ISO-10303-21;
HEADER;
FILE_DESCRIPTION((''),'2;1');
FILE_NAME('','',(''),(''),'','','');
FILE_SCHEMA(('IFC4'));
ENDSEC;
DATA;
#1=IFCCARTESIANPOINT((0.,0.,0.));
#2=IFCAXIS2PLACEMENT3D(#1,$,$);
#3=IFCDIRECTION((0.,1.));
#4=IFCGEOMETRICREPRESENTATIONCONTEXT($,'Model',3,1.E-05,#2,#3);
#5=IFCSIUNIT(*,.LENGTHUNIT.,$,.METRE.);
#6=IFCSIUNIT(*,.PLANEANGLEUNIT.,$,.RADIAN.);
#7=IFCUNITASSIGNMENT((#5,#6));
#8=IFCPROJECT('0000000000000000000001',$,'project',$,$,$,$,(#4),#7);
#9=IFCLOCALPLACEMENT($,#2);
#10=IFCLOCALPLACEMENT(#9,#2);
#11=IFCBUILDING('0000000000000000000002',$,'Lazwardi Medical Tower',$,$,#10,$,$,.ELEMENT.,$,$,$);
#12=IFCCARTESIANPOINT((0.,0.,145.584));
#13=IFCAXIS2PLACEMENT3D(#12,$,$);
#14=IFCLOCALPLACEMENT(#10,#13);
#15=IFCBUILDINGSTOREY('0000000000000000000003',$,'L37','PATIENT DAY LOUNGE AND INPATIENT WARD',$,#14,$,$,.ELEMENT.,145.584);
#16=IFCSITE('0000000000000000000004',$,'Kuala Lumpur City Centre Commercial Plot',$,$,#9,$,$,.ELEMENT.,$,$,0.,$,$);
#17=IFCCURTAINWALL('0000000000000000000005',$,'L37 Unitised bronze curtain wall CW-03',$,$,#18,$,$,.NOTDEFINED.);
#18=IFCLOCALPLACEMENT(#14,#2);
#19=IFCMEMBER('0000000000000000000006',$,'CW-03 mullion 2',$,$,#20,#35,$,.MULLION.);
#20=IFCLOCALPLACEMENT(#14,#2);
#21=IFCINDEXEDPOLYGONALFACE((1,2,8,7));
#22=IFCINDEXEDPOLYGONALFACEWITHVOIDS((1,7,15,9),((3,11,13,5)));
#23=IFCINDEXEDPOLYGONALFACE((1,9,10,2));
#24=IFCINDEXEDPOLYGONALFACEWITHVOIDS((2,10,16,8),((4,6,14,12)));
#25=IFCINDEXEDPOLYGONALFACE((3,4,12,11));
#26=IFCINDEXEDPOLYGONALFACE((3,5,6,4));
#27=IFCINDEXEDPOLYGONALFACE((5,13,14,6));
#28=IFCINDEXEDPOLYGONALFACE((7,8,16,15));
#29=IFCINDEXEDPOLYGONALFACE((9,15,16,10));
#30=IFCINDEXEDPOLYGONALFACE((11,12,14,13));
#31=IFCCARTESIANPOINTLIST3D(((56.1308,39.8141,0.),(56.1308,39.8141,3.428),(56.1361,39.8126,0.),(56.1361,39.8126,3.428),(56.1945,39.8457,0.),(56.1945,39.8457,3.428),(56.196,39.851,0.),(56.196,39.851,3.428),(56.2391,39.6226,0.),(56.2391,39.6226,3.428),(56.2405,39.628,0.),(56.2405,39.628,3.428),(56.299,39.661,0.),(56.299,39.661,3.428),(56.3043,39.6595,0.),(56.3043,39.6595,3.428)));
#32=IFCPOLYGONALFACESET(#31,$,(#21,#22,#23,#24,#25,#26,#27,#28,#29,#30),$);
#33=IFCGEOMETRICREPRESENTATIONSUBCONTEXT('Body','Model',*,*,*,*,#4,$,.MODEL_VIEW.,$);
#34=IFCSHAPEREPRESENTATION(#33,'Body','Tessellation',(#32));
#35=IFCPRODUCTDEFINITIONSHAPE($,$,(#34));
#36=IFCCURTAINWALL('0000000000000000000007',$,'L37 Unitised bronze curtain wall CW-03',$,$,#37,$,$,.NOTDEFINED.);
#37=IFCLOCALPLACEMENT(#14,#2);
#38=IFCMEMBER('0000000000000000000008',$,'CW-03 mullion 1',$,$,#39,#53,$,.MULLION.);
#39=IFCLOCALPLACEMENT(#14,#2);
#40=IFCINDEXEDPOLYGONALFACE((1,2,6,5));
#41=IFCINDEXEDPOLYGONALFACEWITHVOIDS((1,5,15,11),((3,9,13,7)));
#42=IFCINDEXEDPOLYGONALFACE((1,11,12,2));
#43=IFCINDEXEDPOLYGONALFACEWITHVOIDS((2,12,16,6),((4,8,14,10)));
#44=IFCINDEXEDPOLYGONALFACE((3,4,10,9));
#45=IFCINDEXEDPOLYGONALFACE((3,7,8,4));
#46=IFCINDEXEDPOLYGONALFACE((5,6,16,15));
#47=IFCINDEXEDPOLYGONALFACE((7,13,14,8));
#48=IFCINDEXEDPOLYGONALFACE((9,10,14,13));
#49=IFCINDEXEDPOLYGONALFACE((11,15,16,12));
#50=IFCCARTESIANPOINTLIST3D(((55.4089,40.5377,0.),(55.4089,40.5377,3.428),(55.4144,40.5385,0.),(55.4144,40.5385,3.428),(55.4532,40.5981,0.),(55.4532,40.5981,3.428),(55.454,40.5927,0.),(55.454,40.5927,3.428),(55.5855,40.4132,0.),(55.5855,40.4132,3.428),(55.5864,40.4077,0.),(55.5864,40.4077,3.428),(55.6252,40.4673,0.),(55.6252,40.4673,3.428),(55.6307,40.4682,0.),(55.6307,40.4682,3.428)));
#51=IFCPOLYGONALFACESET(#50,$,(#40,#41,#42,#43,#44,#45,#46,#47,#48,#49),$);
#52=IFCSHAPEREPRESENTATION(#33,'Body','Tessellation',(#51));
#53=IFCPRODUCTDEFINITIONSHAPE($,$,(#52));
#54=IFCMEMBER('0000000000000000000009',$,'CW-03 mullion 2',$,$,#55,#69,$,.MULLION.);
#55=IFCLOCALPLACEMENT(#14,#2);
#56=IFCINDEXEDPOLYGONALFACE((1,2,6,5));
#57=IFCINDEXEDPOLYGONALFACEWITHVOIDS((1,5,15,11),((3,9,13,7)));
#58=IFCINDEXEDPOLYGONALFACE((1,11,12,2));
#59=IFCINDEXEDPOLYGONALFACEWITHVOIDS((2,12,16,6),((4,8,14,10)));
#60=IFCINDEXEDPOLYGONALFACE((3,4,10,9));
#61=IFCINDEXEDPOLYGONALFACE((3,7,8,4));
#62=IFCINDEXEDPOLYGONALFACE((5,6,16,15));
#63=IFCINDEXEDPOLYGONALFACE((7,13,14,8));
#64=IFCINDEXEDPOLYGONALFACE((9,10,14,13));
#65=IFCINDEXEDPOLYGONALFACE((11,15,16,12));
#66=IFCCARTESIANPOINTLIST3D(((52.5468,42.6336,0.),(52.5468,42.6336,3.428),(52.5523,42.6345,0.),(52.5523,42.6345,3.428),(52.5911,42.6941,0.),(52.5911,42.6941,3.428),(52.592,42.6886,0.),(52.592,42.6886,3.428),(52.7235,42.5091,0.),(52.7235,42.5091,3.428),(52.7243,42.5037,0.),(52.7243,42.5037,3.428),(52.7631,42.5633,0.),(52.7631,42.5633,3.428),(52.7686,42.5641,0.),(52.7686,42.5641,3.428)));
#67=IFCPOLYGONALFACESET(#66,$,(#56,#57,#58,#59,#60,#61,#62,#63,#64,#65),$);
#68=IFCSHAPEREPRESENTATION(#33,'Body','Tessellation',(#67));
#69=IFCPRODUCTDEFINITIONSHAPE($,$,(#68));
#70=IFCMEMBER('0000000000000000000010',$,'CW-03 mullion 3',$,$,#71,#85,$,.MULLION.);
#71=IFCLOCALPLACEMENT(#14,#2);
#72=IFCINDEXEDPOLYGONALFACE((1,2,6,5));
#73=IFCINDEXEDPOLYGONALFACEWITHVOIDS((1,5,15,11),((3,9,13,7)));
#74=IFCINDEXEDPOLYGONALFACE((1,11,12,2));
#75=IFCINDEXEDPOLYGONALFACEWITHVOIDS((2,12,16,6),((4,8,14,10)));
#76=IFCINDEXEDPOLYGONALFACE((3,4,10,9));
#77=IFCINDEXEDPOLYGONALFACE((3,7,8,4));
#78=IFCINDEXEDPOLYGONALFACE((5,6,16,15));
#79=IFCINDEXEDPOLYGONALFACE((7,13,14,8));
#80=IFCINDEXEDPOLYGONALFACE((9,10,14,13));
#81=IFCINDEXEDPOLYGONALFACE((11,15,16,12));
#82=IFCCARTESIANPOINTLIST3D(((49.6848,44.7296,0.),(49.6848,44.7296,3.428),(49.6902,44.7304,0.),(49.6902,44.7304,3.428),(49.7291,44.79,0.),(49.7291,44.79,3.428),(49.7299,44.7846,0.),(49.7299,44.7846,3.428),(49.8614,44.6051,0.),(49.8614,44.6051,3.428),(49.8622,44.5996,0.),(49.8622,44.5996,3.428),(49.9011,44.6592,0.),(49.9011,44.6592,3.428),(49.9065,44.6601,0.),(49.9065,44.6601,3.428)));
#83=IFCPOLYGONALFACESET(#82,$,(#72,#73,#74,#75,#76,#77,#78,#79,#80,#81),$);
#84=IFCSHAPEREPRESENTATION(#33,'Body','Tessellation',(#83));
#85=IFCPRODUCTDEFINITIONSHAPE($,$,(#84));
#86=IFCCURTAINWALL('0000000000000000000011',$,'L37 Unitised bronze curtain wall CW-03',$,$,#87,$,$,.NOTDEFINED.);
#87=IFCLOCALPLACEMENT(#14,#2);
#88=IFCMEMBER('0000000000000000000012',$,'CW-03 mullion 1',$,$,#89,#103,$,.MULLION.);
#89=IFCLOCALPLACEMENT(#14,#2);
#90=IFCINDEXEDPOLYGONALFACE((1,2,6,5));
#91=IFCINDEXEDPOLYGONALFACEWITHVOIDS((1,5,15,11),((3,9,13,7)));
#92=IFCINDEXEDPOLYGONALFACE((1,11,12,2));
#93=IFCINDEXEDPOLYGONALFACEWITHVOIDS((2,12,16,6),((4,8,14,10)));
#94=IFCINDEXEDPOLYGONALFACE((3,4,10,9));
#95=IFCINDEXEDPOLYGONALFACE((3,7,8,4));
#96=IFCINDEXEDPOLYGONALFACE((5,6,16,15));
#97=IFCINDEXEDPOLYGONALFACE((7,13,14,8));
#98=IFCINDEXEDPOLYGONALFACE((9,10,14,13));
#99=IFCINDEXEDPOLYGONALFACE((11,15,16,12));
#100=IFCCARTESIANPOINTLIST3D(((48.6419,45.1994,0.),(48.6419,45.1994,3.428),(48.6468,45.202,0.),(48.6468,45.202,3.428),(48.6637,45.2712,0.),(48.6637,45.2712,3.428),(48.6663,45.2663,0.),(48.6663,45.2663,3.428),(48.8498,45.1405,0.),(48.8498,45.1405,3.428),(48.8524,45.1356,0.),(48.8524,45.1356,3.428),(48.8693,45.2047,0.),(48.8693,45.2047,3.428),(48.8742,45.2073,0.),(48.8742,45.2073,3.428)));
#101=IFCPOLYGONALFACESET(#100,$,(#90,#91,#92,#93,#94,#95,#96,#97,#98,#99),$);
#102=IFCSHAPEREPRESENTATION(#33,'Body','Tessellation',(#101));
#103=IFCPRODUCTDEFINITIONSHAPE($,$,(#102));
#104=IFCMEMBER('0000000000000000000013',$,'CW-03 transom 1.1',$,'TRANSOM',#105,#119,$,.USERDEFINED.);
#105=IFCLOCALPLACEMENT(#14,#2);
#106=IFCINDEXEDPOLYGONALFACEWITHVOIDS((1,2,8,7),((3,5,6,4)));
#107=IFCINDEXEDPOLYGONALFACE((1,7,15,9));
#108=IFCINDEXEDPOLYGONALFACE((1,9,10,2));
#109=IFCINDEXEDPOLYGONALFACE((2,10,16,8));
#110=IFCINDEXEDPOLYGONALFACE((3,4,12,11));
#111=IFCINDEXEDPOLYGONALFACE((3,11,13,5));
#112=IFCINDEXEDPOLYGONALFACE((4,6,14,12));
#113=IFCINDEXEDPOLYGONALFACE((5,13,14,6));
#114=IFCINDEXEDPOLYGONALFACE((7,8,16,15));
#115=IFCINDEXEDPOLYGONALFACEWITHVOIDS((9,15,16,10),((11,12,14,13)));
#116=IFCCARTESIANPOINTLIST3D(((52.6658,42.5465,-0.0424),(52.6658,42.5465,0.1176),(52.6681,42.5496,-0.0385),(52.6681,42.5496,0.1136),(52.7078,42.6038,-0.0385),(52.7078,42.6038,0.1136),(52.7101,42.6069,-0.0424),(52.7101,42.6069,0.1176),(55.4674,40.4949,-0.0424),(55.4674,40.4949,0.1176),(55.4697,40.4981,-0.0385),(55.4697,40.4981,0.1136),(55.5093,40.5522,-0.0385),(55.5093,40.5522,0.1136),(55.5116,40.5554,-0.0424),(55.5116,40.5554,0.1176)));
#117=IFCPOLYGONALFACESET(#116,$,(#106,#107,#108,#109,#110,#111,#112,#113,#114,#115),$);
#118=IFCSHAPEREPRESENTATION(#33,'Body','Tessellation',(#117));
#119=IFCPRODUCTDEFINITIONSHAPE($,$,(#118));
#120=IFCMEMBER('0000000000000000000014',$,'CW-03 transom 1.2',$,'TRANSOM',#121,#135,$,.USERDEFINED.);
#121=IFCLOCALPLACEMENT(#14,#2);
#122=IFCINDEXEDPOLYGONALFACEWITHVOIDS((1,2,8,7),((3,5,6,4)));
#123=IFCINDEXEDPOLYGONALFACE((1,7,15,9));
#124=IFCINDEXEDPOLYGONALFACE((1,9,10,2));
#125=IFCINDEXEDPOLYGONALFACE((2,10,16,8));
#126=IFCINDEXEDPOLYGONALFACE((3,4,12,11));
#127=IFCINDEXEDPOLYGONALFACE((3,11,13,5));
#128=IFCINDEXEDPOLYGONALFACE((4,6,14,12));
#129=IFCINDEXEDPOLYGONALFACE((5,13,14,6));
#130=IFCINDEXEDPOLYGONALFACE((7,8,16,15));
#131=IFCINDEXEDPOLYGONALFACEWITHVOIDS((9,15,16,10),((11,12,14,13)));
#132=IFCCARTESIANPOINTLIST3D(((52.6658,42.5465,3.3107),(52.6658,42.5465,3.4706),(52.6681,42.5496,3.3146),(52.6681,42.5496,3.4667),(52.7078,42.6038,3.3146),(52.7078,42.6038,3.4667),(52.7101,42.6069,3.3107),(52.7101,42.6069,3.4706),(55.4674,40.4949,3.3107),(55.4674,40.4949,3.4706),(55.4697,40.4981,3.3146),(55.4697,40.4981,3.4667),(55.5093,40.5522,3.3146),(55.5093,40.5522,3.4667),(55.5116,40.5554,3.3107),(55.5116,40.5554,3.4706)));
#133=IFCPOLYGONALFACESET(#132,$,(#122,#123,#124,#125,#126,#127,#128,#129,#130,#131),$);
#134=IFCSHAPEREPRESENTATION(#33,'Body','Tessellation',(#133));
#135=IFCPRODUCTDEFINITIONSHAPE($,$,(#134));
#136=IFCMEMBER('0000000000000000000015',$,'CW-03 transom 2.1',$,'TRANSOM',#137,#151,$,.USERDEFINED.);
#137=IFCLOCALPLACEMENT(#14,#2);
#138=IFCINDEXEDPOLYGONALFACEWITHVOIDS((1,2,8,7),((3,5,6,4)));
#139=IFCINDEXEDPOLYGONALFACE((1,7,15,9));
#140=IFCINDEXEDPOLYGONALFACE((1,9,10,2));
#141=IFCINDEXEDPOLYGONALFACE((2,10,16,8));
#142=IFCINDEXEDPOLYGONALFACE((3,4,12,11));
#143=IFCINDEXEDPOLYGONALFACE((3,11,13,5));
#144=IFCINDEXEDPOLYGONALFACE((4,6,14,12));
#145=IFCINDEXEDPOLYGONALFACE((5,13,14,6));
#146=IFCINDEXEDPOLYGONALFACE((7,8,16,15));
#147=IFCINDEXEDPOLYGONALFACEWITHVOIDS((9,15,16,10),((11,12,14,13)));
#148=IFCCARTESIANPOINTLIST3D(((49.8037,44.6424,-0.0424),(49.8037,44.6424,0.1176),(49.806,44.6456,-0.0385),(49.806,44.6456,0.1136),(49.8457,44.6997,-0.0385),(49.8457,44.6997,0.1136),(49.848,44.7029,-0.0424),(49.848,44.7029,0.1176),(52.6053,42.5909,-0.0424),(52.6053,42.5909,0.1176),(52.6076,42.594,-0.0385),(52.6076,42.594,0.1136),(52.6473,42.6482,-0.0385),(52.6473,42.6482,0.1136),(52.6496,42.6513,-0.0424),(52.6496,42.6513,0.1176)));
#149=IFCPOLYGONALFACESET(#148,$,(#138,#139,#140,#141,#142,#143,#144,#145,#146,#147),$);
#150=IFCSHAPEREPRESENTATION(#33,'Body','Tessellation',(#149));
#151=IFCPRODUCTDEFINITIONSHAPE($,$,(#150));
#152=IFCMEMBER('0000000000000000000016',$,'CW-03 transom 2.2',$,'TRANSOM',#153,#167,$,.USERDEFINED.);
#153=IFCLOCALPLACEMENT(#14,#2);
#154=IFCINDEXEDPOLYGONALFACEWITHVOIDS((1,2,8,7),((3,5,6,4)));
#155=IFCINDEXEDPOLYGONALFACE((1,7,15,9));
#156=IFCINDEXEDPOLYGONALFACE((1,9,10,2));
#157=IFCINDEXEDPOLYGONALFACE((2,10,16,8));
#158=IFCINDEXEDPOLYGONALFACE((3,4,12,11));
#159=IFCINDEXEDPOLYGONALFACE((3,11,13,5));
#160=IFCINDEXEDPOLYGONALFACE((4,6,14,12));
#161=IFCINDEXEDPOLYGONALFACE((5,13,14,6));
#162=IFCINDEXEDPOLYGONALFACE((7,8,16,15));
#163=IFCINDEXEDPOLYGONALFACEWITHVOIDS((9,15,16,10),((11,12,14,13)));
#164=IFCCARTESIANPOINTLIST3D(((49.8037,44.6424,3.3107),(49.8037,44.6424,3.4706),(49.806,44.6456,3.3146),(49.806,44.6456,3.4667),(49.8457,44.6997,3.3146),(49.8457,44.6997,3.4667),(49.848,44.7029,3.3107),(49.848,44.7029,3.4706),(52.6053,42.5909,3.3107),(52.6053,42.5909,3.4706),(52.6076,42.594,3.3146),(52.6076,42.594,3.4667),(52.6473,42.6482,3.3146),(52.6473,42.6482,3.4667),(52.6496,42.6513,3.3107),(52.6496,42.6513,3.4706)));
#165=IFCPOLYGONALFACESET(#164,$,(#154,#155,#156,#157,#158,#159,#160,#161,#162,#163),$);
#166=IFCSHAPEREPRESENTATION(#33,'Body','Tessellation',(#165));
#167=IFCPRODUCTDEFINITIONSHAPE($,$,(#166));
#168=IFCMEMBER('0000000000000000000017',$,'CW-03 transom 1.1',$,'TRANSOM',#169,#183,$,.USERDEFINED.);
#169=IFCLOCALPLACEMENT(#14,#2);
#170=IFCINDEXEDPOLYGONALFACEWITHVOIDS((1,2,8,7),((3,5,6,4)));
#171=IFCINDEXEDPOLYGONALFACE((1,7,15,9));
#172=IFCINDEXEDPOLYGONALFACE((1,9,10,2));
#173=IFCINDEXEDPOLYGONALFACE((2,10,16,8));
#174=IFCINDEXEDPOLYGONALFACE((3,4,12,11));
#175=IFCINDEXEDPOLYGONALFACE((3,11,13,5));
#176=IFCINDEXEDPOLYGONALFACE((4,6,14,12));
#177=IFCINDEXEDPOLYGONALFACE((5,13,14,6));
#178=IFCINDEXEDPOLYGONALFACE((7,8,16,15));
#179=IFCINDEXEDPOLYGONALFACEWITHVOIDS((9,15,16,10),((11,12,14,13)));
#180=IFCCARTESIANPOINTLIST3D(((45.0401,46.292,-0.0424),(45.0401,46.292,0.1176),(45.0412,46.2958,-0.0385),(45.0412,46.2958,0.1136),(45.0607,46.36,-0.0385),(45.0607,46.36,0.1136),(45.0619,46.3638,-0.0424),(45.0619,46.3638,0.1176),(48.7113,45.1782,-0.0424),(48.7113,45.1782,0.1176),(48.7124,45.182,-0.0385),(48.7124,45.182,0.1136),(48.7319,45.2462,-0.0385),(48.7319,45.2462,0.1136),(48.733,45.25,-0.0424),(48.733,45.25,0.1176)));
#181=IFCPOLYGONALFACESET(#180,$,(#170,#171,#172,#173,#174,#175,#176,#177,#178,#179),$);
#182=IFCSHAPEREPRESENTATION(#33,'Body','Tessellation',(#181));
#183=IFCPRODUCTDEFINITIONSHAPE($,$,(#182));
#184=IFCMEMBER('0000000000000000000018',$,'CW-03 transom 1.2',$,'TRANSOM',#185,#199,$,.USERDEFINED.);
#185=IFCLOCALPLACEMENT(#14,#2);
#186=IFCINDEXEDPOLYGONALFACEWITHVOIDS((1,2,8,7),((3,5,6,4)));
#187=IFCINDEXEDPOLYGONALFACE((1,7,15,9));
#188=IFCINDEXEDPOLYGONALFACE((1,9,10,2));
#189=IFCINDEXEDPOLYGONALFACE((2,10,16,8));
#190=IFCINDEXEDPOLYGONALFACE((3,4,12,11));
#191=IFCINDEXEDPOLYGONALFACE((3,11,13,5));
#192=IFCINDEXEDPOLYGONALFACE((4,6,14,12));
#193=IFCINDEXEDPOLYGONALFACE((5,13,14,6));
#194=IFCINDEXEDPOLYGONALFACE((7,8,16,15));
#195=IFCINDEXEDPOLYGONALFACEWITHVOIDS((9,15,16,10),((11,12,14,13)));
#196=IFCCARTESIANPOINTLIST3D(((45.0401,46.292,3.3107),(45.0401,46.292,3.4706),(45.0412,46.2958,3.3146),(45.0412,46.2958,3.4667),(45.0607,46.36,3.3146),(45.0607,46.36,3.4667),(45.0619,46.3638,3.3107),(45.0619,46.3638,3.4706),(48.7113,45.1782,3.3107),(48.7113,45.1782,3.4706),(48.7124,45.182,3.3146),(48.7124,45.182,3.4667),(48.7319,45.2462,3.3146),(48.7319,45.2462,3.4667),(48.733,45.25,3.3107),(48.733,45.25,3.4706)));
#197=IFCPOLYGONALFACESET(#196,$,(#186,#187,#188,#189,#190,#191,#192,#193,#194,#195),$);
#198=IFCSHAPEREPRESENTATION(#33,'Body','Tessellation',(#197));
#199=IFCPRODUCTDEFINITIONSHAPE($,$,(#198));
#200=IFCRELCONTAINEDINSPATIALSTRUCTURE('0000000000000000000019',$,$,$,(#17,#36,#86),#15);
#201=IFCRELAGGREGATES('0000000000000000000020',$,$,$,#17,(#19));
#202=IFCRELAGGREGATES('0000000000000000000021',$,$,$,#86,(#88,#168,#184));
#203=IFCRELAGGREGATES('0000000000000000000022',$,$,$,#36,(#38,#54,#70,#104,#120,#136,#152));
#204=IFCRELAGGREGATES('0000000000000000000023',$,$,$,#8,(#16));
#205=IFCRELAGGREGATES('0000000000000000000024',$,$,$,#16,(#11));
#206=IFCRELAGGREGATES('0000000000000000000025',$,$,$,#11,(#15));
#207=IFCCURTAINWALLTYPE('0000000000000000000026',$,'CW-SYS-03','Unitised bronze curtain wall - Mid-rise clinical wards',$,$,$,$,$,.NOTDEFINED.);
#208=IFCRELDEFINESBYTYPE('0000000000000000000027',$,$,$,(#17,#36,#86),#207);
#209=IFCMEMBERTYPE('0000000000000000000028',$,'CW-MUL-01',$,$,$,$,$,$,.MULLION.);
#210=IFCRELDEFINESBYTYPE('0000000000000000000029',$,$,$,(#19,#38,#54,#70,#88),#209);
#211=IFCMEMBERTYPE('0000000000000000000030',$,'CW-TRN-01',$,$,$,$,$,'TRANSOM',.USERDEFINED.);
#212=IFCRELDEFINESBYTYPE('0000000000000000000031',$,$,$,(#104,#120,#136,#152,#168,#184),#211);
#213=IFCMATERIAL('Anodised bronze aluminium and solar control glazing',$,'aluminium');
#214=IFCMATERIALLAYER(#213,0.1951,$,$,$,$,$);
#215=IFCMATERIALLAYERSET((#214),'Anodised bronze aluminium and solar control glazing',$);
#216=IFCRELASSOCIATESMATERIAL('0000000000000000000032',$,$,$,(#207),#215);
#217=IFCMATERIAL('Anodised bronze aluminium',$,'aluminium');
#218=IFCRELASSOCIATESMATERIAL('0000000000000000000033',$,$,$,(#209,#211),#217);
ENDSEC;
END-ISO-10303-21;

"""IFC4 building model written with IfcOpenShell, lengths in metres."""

from ifc_helpers import new_model, si_unit, direction, frame, origin, origin_2d, place, context, subcontext, project, spatial, hollow_rectangle, extrude, material, layer, layer_set, material_profile, profile_set, type_object, element, aggregate, save


model = new_model("IFC4")

# Units and contexts
model_context = context("Model", 3, precision=1e-05, world=origin(), true_north=direction((0.0, 1.0)))
body_context = subcontext(model_context, "Body", "Model", "MODEL_VIEW")
ifc_project = project(units=[si_unit("LENGTHUNIT", "METRE"), si_unit("PLANEANGLEUNIT", "RADIAN")], contexts=[model_context])

# Site, building, storey
site_placement = place(None, origin())
site = spatial("IfcSite", under=ifc_project, at=site_placement, Name="Kuala Lumpur City Centre Commercial Plot", CompositionType="ELEMENT", RefElevation=0.0)
building_placement = place(site_placement, origin())
building = spatial("IfcBuilding", under=site, at=building_placement, Name="Lazwardi Medical Tower", CompositionType="ELEMENT")
storey_placement = place(building_placement, frame((0.0, 0.0, 145.584)))
storey = spatial("IfcBuildingStorey", under=building, at=storey_placement, Name="L37", Description="PATIENT DAY LOUNGE AND INPATIENT WARD", CompositionType="ELEMENT", Elevation=145.584)

# Curtain wall, member
ifc_material_1 = material(Name="Anodised bronze aluminium and solar control glazing", Category="aluminium")
ifc_layer_1 = layer(ifc_material_1, 0.1951)
ifc_layer_set_1 = layer_set([ifc_layer_1], Name="Anodised bronze aluminium and solar control glazing")
curtain_wall_type = type_object("IfcCurtainWallType", Name="CW-SYS-03", Description="Unitised bronze curtain wall - Mid-rise clinical wards", PredefinedType="NOTDEFINED", material=ifc_layer_set_1)
curtain_wall_1_placement = place(storey_placement, origin())
curtain_wall_1 = element("IfcCurtainWall", 1, at=curtain_wall_1_placement, inside=storey, type_object=curtain_wall_type, Name="L37 Unitised bronze curtain wall CW-03", PredefinedType="NOTDEFINED")
ifc_material_2 = material(Name="Anodised bronze aluminium", Category="aluminium")
ifc_material_profile_1 = material_profile(ifc_material_2, hollow_rectangle(XDim=0.075, YDim=0.22, WallThickness=0.0039, at=origin_2d()), Name="ALU-MULLION 220x75x4")
ifc_profile_set_1 = profile_set([ifc_material_profile_1], Name="Anodised bronze aluminium")
member_type_1 = type_object("IfcMemberType", Name="CW-MUL-01", PredefinedType="MULLION", material=ifc_profile_set_1)
member_1_placement = place(storey_placement, frame((56.2175, 39.7368, 0.0), z_axis=(0.0, 0.0, 1.0), x_axis=(-0.870419, -0.492312, 0.0)))
member_1 = element("IfcMember", 2, at=member_1_placement, type_object=member_type_1, Name="CW-03 mullion 2", PredefinedType="MULLION", context=body_context, shape_type="SweptSolid", body=[
    extrude(hollow_rectangle(XDim=0.075, YDim=0.22, WallThickness=0.0039, at=origin_2d()), origin(), (0.0, 0.0, 1.0), 3.428),
])
aggregate(curtain_wall_1, [member_1])

# Curtain wall, members
curtain_wall_2_placement = place(storey_placement, origin())
curtain_wall_2 = element("IfcCurtainWall", 3, at=curtain_wall_2_placement, inside=storey, type_object=curtain_wall_type, Name="L37 Unitised bronze curtain wall CW-03", PredefinedType="NOTDEFINED")
member_2_placement = place(storey_placement, frame((55.5198, 40.5029, 0.0), z_axis=(0.0, 0.0, 1.0), x_axis=(-0.590834, -0.806793, 0.0)))
member_2 = element("IfcMember", 4, at=member_2_placement, type_object=member_type_1, Name="CW-03 mullion 1", PredefinedType="MULLION", context=body_context, shape_type="SweptSolid", body=[
    extrude(hollow_rectangle(XDim=0.075, YDim=0.22, WallThickness=0.0039, at=origin_2d()), origin(), (0.0, 0.0, 1.0), 3.428),
])
member_3_placement = place(storey_placement, frame((52.6577, 42.5989, 0.0), z_axis=(0.0, 0.0, 1.0), x_axis=(-0.590834, -0.806793, 0.0)))
member_3 = element("IfcMember", 5, at=member_3_placement, type_object=member_type_1, Name="CW-03 mullion 2", PredefinedType="MULLION", context=body_context, shape_type="SweptSolid", body=[
    extrude(hollow_rectangle(XDim=0.075, YDim=0.22, WallThickness=0.0039, at=origin_2d()), origin(), (0.0, 0.0, 1.0), 3.428),
])
member_4_placement = place(storey_placement, frame((49.7957, 44.6948, 0.0), z_axis=(0.0, 0.0, 1.0), x_axis=(-0.590834, -0.806793, 0.0)))
member_4 = element("IfcMember", 6, at=member_4_placement, type_object=member_type_1, Name="CW-03 mullion 3", PredefinedType="MULLION", context=body_context, shape_type="SweptSolid", body=[
    extrude(hollow_rectangle(XDim=0.075, YDim=0.22, WallThickness=0.0039, at=origin_2d()), origin(), (0.0, 0.0, 1.0), 3.428),
])

# Curtain wall, member
curtain_wall_3_placement = place(storey_placement, origin())
curtain_wall_3 = element("IfcCurtainWall", 7, at=curtain_wall_3_placement, inside=storey, type_object=curtain_wall_type, Name="L37 Unitised bronze curtain wall CW-03", PredefinedType="NOTDEFINED")
member_5_placement = place(storey_placement, frame((48.7581, 45.2034, 0.0), z_axis=(0.0, 0.0, 1.0), x_axis=(-0.290281, -0.956942, 0.0)))
member_5 = element("IfcMember", 8, at=member_5_placement, type_object=member_type_1, Name="CW-03 mullion 1", PredefinedType="MULLION", context=body_context, shape_type="SweptSolid", body=[
    extrude(hollow_rectangle(XDim=0.075, YDim=0.22, WallThickness=0.0039, at=origin_2d()), origin(), (0.0, 0.0, 1.0), 3.428),
])

# Members
ifc_material_profile_2 = material_profile(ifc_material_2, hollow_rectangle(XDim=0.075, YDim=0.1599, WallThickness=0.0039, at=origin_2d()), Name="ALU-TRANSOM 160x75x4")
ifc_profile_set_2 = profile_set([ifc_material_profile_2], Name="Anodised bronze aluminium")
member_type_2 = type_object("IfcMemberType", Name="CW-TRN-01", ElementType="TRANSOM", PredefinedType="USERDEFINED", material=ifc_profile_set_2)
member_6_placement = place(storey_placement, frame((55.4895, 40.5251, 0.0376), z_axis=(-0.806807, 0.590815, 0.0), x_axis=(-0.590815, -0.806807, 0.0)))
member_6 = element("IfcMember", 9, at=member_6_placement, type_object=member_type_2, Name="CW-03 transom 1.1", ObjectType="TRANSOM", PredefinedType="USERDEFINED", context=body_context, shape_type="SweptSolid", body=[
    extrude(hollow_rectangle(XDim=0.075, YDim=0.1599, WallThickness=0.0039, at=origin_2d()), origin(), (0.0, 0.0, 1.0), 3.4724),
])
member_7_placement = place(storey_placement, frame((55.4895, 40.5251, 3.3906), z_axis=(-0.806807, 0.590815, 0.0), x_axis=(-0.590815, -0.806807, 0.0)))
member_7 = element("IfcMember", 10, at=member_7_placement, type_object=member_type_2, Name="CW-03 transom 1.2", ObjectType="TRANSOM", PredefinedType="USERDEFINED", context=body_context, shape_type="SweptSolid", body=[
    extrude(hollow_rectangle(XDim=0.075, YDim=0.1599, WallThickness=0.0039, at=origin_2d()), origin(), (0.0, 0.0, 1.0), 3.4724),
])
member_8_placement = place(storey_placement, frame((52.6274, 42.6211, 0.0376), z_axis=(-0.806807, 0.590815, 0.0), x_axis=(-0.590815, -0.806807, 0.0)))
member_8 = element("IfcMember", 11, at=member_8_placement, type_object=member_type_2, Name="CW-03 transom 2.1", ObjectType="TRANSOM", PredefinedType="USERDEFINED", context=body_context, shape_type="SweptSolid", body=[
    extrude(hollow_rectangle(XDim=0.075, YDim=0.1599, WallThickness=0.0039, at=origin_2d()), origin(), (0.0, 0.0, 1.0), 3.4724),
])
member_9_placement = place(storey_placement, frame((52.6274, 42.6211, 3.3906), z_axis=(-0.806807, 0.590815, 0.0), x_axis=(-0.590815, -0.806807, 0.0)))
member_9 = element("IfcMember", 12, at=member_9_placement, type_object=member_type_2, Name="CW-03 transom 2.2", ObjectType="TRANSOM", PredefinedType="USERDEFINED", context=body_context, shape_type="SweptSolid", body=[
    extrude(hollow_rectangle(XDim=0.075, YDim=0.1599, WallThickness=0.0039, at=origin_2d()), origin(), (0.0, 0.0, 1.0), 3.4724),
])
member_10_placement = place(storey_placement, frame((48.7222, 45.2141, 0.0376), z_axis=(-0.95693, 0.290318, 0.0), x_axis=(-0.290318, -0.95693, 0.0)))
member_10 = element("IfcMember", 13, at=member_10_placement, type_object=member_type_2, Name="CW-03 transom 1.1", ObjectType="TRANSOM", PredefinedType="USERDEFINED", context=body_context, shape_type="SweptSolid", body=[
    extrude(hollow_rectangle(XDim=0.075, YDim=0.1599, WallThickness=0.0039, at=origin_2d()), origin(), (0.0, 0.0, 1.0), 3.8364),
])
member_11_placement = place(storey_placement, frame((48.7222, 45.2141, 3.3906), z_axis=(-0.95693, 0.290318, 0.0), x_axis=(-0.290318, -0.95693, 0.0)))
member_11 = element("IfcMember", 14, at=member_11_placement, type_object=member_type_2, Name="CW-03 transom 1.2", ObjectType="TRANSOM", PredefinedType="USERDEFINED", context=body_context, shape_type="SweptSolid", body=[
    extrude(hollow_rectangle(XDim=0.075, YDim=0.1599, WallThickness=0.0039, at=origin_2d()), origin(), (0.0, 0.0, 1.0), 3.8364),
])
aggregate(curtain_wall_3, [member_5, member_10, member_11])

aggregate(curtain_wall_2, [member_2, member_3, member_4, member_6, member_7, member_8, member_9])

save(model, "model.ifc")
